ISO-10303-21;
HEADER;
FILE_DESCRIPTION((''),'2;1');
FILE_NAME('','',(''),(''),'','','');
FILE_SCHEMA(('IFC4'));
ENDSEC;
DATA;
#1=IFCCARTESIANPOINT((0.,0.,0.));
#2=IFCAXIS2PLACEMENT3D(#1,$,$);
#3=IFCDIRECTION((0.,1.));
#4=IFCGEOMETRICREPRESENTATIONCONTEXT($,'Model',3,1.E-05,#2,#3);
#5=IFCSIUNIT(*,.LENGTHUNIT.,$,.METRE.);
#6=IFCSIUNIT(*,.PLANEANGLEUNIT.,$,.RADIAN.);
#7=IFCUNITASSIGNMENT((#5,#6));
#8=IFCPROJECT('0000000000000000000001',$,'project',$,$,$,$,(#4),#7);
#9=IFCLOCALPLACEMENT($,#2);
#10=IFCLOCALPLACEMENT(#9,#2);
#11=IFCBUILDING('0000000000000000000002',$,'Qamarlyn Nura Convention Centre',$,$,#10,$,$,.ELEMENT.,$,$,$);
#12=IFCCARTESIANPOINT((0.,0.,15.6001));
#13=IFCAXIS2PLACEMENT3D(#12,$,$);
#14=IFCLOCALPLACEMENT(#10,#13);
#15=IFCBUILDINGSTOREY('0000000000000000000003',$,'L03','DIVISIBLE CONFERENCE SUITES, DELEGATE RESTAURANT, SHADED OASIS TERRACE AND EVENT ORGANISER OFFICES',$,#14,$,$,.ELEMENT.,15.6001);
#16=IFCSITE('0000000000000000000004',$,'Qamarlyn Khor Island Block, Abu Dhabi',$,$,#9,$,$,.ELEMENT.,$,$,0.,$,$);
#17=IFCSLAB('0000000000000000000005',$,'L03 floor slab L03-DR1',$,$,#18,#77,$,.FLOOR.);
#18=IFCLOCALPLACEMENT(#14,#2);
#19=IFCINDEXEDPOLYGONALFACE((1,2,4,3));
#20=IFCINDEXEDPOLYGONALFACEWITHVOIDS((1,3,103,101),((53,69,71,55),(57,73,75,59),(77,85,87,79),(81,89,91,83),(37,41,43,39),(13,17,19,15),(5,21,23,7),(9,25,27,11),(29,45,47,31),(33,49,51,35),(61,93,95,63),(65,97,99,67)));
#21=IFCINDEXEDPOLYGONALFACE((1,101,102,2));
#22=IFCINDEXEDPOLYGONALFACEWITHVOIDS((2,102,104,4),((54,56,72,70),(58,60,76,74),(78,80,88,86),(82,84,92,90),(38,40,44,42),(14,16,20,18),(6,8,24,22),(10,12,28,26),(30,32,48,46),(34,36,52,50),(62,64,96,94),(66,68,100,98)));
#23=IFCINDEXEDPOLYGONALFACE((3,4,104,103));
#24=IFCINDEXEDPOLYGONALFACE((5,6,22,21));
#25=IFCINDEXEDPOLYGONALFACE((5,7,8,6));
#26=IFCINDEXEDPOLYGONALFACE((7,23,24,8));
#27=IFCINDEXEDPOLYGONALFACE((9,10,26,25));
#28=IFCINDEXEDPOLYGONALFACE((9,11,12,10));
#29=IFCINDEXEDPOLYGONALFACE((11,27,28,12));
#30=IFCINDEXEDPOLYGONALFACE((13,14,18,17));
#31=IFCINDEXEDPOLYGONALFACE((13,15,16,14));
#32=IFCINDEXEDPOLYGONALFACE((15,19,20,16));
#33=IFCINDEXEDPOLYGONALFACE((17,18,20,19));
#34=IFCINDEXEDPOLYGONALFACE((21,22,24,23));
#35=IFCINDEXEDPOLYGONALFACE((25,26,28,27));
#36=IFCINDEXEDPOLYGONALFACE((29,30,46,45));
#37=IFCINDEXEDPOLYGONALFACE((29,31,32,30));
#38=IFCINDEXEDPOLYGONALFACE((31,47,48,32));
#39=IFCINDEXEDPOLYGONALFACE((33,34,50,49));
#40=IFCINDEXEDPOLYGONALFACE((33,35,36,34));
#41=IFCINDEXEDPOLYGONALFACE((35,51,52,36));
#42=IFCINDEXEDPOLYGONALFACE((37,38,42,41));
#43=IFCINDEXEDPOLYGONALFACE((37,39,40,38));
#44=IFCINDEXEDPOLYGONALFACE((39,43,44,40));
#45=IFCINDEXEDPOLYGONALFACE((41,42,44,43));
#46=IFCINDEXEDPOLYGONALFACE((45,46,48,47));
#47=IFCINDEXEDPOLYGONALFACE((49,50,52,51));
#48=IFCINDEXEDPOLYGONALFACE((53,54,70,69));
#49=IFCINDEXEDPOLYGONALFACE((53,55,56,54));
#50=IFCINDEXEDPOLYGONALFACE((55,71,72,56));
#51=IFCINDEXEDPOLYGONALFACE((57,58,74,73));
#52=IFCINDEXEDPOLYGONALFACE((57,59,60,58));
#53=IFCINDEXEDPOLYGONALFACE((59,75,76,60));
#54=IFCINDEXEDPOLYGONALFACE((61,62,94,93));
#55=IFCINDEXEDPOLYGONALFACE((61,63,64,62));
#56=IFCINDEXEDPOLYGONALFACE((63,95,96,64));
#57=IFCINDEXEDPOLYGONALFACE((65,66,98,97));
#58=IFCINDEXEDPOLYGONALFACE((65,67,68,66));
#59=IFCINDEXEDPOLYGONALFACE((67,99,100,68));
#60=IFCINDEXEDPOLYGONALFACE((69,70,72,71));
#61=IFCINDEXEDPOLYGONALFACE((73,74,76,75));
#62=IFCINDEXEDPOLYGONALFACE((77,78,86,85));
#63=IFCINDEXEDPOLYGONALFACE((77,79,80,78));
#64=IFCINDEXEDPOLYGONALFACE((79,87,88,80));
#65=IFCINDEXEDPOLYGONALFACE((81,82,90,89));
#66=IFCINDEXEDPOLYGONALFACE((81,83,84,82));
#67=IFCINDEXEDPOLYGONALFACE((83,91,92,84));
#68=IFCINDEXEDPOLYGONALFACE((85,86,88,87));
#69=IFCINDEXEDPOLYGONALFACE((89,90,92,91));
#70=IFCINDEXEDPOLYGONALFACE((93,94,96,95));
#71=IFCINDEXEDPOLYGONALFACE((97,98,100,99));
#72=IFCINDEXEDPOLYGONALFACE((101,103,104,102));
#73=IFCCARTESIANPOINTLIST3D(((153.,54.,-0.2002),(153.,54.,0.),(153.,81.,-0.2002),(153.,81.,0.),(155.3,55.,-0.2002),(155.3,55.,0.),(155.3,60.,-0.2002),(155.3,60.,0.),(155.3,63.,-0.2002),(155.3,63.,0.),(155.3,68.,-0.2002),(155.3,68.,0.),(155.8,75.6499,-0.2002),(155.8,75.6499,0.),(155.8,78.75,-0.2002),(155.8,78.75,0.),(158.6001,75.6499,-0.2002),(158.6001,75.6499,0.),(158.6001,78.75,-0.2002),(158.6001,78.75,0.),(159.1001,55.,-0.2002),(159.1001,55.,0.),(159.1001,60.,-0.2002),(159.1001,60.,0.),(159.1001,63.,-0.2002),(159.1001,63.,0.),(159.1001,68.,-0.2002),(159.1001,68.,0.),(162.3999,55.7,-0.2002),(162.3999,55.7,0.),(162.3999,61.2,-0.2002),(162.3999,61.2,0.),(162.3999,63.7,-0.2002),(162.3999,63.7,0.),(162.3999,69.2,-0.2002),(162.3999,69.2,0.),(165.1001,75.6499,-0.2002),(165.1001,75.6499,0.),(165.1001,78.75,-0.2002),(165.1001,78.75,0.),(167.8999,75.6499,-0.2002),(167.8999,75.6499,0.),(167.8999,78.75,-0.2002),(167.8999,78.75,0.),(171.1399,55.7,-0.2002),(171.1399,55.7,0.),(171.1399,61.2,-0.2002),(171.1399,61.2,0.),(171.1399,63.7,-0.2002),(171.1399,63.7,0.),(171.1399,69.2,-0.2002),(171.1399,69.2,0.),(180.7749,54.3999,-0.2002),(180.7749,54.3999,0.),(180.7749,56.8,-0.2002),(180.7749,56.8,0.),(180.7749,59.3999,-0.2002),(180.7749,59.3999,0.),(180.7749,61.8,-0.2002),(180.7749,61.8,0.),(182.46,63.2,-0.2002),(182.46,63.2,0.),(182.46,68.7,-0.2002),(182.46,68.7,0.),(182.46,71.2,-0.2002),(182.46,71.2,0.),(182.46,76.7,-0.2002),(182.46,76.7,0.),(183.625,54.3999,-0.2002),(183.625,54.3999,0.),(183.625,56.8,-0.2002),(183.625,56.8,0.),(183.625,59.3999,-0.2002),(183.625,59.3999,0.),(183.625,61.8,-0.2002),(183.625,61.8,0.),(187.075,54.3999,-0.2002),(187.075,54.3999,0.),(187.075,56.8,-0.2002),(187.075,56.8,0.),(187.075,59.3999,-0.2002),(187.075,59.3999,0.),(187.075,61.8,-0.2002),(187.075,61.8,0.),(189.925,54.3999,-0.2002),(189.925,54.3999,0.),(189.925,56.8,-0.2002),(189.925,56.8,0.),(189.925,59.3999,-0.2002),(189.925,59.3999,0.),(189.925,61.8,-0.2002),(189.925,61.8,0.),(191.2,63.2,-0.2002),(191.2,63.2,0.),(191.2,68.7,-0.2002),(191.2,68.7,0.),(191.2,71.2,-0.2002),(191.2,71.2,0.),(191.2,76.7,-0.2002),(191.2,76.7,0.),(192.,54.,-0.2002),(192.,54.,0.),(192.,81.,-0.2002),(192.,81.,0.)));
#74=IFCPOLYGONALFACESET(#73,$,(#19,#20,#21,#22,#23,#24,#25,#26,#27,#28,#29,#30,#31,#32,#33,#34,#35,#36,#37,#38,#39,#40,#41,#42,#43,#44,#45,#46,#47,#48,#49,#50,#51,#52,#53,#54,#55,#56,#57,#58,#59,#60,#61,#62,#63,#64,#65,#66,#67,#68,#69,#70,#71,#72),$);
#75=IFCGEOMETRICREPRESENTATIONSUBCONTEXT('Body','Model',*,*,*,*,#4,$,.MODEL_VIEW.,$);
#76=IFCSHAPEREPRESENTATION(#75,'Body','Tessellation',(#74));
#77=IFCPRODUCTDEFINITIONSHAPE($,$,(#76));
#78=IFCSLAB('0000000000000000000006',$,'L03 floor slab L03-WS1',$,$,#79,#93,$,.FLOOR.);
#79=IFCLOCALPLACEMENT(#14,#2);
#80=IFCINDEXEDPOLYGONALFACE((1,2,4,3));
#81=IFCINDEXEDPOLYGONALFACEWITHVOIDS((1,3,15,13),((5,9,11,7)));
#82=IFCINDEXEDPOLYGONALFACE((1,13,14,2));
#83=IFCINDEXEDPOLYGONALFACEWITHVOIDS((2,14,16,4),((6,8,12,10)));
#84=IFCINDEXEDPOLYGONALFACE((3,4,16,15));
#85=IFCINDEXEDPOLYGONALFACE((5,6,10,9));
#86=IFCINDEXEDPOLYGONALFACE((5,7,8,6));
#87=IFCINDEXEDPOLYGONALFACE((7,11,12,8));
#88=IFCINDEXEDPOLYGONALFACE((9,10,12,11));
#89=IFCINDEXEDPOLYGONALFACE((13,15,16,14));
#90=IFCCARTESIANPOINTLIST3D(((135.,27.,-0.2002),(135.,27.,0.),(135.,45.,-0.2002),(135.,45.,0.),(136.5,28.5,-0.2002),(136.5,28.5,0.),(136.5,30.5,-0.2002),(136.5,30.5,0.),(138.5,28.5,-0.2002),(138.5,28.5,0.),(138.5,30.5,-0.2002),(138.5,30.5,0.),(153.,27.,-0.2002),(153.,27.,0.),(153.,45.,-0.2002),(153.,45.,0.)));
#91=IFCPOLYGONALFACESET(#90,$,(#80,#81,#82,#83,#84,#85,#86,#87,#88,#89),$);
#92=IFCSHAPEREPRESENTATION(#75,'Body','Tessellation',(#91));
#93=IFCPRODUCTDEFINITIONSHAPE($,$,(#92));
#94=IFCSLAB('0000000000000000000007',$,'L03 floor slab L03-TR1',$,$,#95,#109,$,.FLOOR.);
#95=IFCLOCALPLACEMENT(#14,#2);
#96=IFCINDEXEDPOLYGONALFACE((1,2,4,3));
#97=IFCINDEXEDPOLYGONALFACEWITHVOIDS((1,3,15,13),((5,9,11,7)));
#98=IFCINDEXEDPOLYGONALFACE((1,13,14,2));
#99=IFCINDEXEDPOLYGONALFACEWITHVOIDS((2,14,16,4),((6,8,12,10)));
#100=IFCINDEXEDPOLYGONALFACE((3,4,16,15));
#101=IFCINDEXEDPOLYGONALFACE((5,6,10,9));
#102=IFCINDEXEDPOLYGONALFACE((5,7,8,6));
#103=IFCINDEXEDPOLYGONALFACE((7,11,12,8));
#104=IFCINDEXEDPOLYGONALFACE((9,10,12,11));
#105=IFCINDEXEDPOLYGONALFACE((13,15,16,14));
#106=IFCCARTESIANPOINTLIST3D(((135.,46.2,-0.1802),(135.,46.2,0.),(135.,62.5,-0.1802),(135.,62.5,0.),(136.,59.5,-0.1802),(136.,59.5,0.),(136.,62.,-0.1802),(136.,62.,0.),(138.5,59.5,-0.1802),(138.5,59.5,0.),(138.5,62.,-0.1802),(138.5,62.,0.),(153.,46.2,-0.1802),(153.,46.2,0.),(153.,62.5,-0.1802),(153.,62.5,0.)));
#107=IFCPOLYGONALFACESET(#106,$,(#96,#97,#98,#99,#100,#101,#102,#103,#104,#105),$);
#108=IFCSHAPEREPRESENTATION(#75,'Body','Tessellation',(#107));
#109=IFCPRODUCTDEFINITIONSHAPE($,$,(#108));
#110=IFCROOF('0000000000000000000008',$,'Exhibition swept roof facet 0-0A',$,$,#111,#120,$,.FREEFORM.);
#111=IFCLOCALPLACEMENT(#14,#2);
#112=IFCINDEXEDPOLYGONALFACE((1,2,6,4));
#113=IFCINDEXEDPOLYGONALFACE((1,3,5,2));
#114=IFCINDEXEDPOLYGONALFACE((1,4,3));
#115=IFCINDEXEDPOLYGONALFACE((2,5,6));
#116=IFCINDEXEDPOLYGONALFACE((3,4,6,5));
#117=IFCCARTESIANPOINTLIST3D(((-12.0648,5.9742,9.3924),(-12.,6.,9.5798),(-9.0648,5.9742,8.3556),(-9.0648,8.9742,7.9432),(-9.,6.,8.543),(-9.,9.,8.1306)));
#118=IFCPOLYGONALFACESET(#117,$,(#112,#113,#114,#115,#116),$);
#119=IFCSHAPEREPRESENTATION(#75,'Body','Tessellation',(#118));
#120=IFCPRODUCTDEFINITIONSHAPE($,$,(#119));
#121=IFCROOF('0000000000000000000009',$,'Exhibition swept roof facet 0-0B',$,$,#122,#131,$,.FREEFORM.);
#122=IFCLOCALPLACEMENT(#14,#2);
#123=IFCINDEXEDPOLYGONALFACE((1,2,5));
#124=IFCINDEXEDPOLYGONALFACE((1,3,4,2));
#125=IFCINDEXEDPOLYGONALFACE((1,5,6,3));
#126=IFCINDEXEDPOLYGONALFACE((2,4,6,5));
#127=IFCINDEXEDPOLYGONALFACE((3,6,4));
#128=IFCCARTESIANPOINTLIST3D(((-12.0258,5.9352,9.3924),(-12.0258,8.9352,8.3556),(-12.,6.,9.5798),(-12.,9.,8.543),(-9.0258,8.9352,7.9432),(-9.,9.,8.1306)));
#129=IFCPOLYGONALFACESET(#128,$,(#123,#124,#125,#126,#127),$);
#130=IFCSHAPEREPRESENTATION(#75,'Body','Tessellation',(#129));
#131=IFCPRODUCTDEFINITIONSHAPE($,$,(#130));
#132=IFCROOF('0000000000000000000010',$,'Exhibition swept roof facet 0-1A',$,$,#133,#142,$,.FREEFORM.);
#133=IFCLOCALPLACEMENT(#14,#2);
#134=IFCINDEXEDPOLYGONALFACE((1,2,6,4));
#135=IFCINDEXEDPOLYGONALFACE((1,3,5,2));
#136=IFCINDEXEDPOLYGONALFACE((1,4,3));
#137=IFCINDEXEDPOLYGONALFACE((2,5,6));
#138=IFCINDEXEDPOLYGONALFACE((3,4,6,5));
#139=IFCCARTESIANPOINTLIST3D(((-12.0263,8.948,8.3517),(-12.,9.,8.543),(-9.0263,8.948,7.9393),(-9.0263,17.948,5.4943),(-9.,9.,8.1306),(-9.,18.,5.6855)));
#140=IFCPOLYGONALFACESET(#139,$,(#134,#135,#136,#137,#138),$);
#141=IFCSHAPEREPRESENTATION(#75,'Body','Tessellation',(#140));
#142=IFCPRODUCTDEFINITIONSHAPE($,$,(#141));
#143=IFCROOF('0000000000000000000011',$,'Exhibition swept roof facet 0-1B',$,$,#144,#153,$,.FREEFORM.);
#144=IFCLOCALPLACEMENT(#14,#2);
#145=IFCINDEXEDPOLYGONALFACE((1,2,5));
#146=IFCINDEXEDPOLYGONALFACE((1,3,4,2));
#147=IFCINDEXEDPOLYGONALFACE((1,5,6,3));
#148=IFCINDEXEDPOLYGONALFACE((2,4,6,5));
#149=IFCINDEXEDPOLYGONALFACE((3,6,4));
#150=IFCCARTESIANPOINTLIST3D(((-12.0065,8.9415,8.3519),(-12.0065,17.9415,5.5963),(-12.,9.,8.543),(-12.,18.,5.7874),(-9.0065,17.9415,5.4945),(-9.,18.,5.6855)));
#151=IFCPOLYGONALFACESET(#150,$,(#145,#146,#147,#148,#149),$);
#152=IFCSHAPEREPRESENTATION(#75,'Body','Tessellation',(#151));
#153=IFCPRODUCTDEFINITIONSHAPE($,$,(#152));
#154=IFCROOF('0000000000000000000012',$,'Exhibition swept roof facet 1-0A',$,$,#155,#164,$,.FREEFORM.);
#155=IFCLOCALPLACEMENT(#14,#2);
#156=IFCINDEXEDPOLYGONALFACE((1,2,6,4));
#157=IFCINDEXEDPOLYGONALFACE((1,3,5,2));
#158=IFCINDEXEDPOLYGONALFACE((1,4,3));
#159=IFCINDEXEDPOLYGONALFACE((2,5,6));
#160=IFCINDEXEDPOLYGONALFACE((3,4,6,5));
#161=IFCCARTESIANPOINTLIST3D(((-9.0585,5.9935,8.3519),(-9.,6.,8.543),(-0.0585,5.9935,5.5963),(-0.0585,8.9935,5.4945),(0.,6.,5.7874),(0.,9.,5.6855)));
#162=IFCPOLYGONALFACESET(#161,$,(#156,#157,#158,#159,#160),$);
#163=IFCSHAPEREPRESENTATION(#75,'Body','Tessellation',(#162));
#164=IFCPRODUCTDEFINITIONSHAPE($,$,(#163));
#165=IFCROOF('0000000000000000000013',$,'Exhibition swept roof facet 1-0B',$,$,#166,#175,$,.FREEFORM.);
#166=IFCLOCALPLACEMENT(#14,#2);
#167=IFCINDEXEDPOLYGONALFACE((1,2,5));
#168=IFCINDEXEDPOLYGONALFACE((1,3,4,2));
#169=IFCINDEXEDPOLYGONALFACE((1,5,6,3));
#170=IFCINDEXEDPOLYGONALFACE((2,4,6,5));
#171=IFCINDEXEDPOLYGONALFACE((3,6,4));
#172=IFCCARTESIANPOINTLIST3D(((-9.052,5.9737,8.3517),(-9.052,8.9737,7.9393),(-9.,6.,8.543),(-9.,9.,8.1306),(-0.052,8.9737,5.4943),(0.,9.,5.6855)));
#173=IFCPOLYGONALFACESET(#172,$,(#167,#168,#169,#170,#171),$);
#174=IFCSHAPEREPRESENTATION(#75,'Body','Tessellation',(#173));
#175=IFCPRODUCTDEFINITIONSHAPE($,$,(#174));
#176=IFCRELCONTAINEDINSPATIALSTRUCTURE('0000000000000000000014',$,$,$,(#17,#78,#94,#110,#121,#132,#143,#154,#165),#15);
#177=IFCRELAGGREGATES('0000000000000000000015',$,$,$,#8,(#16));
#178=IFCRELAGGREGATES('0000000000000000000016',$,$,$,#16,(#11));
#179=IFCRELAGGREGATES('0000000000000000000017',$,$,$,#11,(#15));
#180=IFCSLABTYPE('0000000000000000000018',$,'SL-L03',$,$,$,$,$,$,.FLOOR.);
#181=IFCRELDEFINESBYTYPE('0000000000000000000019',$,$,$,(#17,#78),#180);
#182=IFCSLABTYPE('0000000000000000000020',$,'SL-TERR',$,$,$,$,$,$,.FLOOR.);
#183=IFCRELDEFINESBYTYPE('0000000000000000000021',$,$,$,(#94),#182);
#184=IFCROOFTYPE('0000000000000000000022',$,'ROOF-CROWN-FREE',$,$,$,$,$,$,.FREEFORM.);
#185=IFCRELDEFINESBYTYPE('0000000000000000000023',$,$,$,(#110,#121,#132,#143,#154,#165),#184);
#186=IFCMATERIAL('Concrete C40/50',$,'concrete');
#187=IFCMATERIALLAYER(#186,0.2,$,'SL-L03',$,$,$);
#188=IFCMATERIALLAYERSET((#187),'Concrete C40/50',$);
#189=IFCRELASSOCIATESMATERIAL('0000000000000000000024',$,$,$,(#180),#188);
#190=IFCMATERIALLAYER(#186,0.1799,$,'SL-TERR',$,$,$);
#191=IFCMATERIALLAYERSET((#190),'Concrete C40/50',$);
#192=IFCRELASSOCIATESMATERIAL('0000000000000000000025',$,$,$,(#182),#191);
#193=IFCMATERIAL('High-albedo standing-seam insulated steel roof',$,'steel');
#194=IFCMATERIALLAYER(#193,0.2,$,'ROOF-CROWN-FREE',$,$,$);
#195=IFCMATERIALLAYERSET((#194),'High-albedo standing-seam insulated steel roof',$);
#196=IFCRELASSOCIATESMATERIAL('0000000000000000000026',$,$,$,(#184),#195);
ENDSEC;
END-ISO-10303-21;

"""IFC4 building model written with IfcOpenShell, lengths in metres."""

from ifc_helpers import new_model, si_unit, direction, frame, origin, place, context, subcontext, project, spatial, polyline, outline, extrude, material, layer, layer_set, type_object, element, save


model = new_model("IFC4")

# Units and contexts
model_context = context("Model", 3, precision=1e-05, world=origin(), true_north=direction((0.0, 1.0)))
body_context = subcontext(model_context, "Body", "Model", "MODEL_VIEW")
ifc_project = project(units=[si_unit("LENGTHUNIT", "METRE"), si_unit("PLANEANGLEUNIT", "RADIAN")], contexts=[model_context])

# Site, building, storey
site_placement = place(None, origin())
site = spatial("IfcSite", under=ifc_project, at=site_placement, Name="Qamarlyn Khor Island Block, Abu Dhabi", CompositionType="ELEMENT", RefElevation=0.0)
building_placement = place(site_placement, origin())
building = spatial("IfcBuilding", under=site, at=building_placement, Name="Qamarlyn Nura Convention Centre", CompositionType="ELEMENT")
storey_placement = place(building_placement, frame((0.0, 0.0, 15.6001)))
storey = spatial("IfcBuildingStorey", under=building, at=storey_placement, Name="L03", Description="DIVISIBLE CONFERENCE SUITES, DELEGATE RESTAURANT, SHADED OASIS TERRACE AND EVENT ORGANISER OFFICES", CompositionType="ELEMENT", Elevation=15.6001)

# Slabs
ifc_material_1 = material(Name="Concrete C40/50", Category="concrete")
ifc_layer_1 = layer(ifc_material_1, 0.2, Name="SL-L03")
ifc_layer_set_1 = layer_set([ifc_layer_1], Name="Concrete C40/50")
slab_type_1 = type_object("IfcSlabType", Name="SL-L03", PredefinedType="FLOOR", material=ifc_layer_set_1)
slab_1_placement = place(storey_placement, frame((0.0, 0.0, -0.2002)))
element("IfcSlab", 1, at=slab_1_placement, inside=storey, type_object=slab_type_1, Name="L03 floor slab L03-DR1", PredefinedType="FLOOR", context=body_context, shape_type="SweptSolid", body=[
    extrude(outline(polyline([(153.0, 54.0), (153.0, 81.0), (192.0, 81.0), (192.0, 54.0), (153.0, 54.0)]), holes=[polyline([(159.1001, 60.0), (155.3, 60.0), (155.3, 55.0), (159.1001, 55.0), (159.1001, 60.0)]), polyline([(171.1399, 61.2), (162.3999, 61.2), (162.3999, 55.7), (171.1399, 55.7), (171.1399, 61.2)]), polyline([(159.1001, 63.0), (159.1001, 68.0), (155.3, 68.0), (155.3, 63.0), (159.1001, 63.0)]), polyline([(162.3999, 69.2), (162.3999, 63.7), (171.1399, 63.7), (171.1399, 69.2), (162.3999, 69.2)]), polyline([(158.6001, 78.75), (155.8, 78.75), (155.8, 75.6499), (158.6001, 75.6499), (158.6001, 78.75)]), polyline([(167.8999, 78.75), (165.1001, 78.75), (165.1001, 75.6499), (167.8999, 75.6499), (167.8999, 78.75)]), polyline([(183.625, 54.3999), (183.625, 56.8), (180.7749, 56.8), (180.7749, 54.3999), (183.625, 54.3999)]), polyline([(189.925, 54.3999), (189.925, 56.8), (187.075, 56.8), (187.075, 54.3999), (189.925, 54.3999)]), polyline([(183.625, 61.8), (180.7749, 61.8), (180.7749, 59.3999), (183.625, 59.3999), (183.625, 61.8)]), polyline([(189.925, 61.8), (187.075, 61.8), (187.075, 59.3999), (189.925, 59.3999), (189.925, 61.8)]), polyline([(191.2, 63.2), (191.2, 68.7), (182.46, 68.7), (182.46, 63.2), (191.2, 63.2)]), polyline([(182.46, 71.2), (191.2, 71.2), (191.2, 76.7), (182.46, 76.7), (182.46, 71.2)])]), origin(), (0.0, 0.0, 1.0), 0.2002),
])
slab_2_placement = place(storey_placement, frame((0.0, 0.0, -0.2002)))
element("IfcSlab", 2, at=slab_2_placement, inside=storey, type_object=slab_type_1, Name="L03 floor slab L03-WS1", PredefinedType="FLOOR", context=body_context, shape_type="SweptSolid", body=[
    extrude(outline(polyline([(135.0, 45.0), (153.0, 45.0), (153.0, 27.0), (135.0, 27.0), (135.0, 45.0)]), holes=[polyline([(136.5, 30.5), (136.5, 28.5), (138.5, 28.5), (138.5, 30.5), (136.5, 30.5)])]), origin(), (0.0, 0.0, 1.0), 0.2002),
])
ifc_layer_2 = layer(ifc_material_1, 0.1799, Name="SL-TERR")
ifc_layer_set_2 = layer_set([ifc_layer_2], Name="Concrete C40/50")
slab_type_2 = type_object("IfcSlabType", Name="SL-TERR", PredefinedType="FLOOR", material=ifc_layer_set_2)
slab_3_placement = place(storey_placement, frame((0.0, 0.0, -0.1802)))
element("IfcSlab", 3, at=slab_3_placement, inside=storey, type_object=slab_type_2, Name="L03 floor slab L03-TR1", PredefinedType="FLOOR", context=body_context, shape_type="SweptSolid", body=[
    extrude(outline(polyline([(135.0, 62.5), (153.0, 62.5), (153.0, 46.2), (135.0, 46.2), (135.0, 62.5)]), holes=[polyline([(136.0, 62.0), (136.0, 59.5), (138.5, 59.5), (138.5, 62.0), (136.0, 62.0)])]), origin(), (0.0, 0.0, 1.0), 0.1802),
])

# Roofs
ifc_material_2 = material(Name="High-albedo standing-seam insulated steel roof", Category="steel")
ifc_layer_3 = layer(ifc_material_2, 0.2, Name="ROOF-CROWN-FREE")
ifc_layer_set_3 = layer_set([ifc_layer_3], Name="High-albedo standing-seam insulated steel roof")
roof_type = type_object("IfcRoofType", Name="ROOF-CROWN-FREE", PredefinedType="FREEFORM", material=ifc_layer_set_3)
roof_1_placement = place(storey_placement, frame((-12.0, 6.0, 9.5798), z_axis=(0.323939, 0.128828, 0.937265), x_axis=(0.945141, 0.0, -0.326661)))
element("IfcRoof", 4, at=roof_1_placement, inside=storey, type_object=roof_type, Name="Exhibition swept roof facet 0-0A", PredefinedType="FREEFORM", context=body_context, shape_type="SweptSolid", body=[
    extrude(outline(polyline([(0.0, 0.0), (3.1741, 0.0), (3.3088, 3.0252), (0.0, 0.0)])), origin(), (0.0, 0.0, -1.0), 0.2),
])
roof_2_placement = place(storey_placement, frame((-12.0, 6.0, 9.5798), z_axis=(0.128828, 0.323939, 0.937265), x_axis=(0.669146, 0.669146, -0.323246)))
element("IfcRoof", 5, at=roof_2_placement, inside=storey, type_object=roof_type, Name="Exhibition swept roof facet 0-0B", PredefinedType="FREEFORM", context=body_context, shape_type="SweptSolid", body=[
    extrude(outline(polyline([(0.0, 0.0), (4.4833, 0.0), (2.3426, 2.1418), (0.0, 0.0)])), origin(), (0.0, 0.0, -1.0), 0.2),
])
roof_3_placement = place(storey_placement, frame((-12.0, 9.0, 8.543), z_axis=(0.131492, 0.259895, 0.956642), x_axis=(0.990685, 0.0, -0.136171)))
element("IfcRoof", 6, at=roof_3_placement, inside=storey, type_object=roof_type, Name="Exhibition swept roof facet 0-1A", PredefinedType="FREEFORM", context=body_context, shape_type="SweptSolid", body=[
    extrude(outline(polyline([(0.0, 0.0), (3.0282, 0.0), (3.3612, 9.3203), (0.0, 0.0)])), origin(), (0.0, 0.0, -1.0), 0.2),
])
roof_4_placement = place(storey_placement, frame((-12.0, 9.0, 8.543), z_axis=(0.032432, 0.29261, 0.955682), x_axis=(0.302791, 0.908374, -0.288401)))
element("IfcRoof", 7, at=roof_4_placement, inside=storey, type_object=roof_type, Name="Exhibition swept roof facet 0-1B", PredefinedType="FREEFORM", context=body_context, shape_type="SweptSolid", body=[
    extrude(outline(polyline([(0.0, 0.0), (9.9078, 0.0), (8.9701, 2.8515), (0.0, 0.0)])), origin(), (0.0, 0.0, -1.0), 0.2),
])
roof_5_placement = place(storey_placement, frame((-9.0, 6.0, 8.543), z_axis=(0.29261, 0.032432, 0.955682), x_axis=(0.956185, 0.0, -0.292764)))
element("IfcRoof", 8, at=roof_5_placement, inside=storey, type_object=roof_type, Name="Exhibition swept roof facet 1-0A", PredefinedType="FREEFORM", context=body_context, shape_type="SweptSolid", body=[
    extrude(outline(polyline([(0.0, 0.0), (9.4124, 0.0), (9.4422, 3.0016), (0.0, 0.0)])), origin(), (0.0, 0.0, -1.0), 0.2),
])
roof_6_placement = place(storey_placement, frame((-9.0, 6.0, 8.543), z_axis=(0.259895, 0.131492, 0.956642), x_axis=(0.908374, 0.302791, -0.288401)))
element("IfcRoof", 9, at=roof_6_placement, inside=storey, type_object=roof_type, Name="Exhibition swept roof facet 1-0B", PredefinedType="FREEFORM", context=body_context, shape_type="SweptSolid", body=[
    extrude(outline(polyline([(0.0, 0.0), (9.9078, 0.0), (1.0273, 2.8486), (0.0, 0.0)])), origin(), (0.0, 0.0, -1.0), 0.2),
])

save(model, "model.ifc")
